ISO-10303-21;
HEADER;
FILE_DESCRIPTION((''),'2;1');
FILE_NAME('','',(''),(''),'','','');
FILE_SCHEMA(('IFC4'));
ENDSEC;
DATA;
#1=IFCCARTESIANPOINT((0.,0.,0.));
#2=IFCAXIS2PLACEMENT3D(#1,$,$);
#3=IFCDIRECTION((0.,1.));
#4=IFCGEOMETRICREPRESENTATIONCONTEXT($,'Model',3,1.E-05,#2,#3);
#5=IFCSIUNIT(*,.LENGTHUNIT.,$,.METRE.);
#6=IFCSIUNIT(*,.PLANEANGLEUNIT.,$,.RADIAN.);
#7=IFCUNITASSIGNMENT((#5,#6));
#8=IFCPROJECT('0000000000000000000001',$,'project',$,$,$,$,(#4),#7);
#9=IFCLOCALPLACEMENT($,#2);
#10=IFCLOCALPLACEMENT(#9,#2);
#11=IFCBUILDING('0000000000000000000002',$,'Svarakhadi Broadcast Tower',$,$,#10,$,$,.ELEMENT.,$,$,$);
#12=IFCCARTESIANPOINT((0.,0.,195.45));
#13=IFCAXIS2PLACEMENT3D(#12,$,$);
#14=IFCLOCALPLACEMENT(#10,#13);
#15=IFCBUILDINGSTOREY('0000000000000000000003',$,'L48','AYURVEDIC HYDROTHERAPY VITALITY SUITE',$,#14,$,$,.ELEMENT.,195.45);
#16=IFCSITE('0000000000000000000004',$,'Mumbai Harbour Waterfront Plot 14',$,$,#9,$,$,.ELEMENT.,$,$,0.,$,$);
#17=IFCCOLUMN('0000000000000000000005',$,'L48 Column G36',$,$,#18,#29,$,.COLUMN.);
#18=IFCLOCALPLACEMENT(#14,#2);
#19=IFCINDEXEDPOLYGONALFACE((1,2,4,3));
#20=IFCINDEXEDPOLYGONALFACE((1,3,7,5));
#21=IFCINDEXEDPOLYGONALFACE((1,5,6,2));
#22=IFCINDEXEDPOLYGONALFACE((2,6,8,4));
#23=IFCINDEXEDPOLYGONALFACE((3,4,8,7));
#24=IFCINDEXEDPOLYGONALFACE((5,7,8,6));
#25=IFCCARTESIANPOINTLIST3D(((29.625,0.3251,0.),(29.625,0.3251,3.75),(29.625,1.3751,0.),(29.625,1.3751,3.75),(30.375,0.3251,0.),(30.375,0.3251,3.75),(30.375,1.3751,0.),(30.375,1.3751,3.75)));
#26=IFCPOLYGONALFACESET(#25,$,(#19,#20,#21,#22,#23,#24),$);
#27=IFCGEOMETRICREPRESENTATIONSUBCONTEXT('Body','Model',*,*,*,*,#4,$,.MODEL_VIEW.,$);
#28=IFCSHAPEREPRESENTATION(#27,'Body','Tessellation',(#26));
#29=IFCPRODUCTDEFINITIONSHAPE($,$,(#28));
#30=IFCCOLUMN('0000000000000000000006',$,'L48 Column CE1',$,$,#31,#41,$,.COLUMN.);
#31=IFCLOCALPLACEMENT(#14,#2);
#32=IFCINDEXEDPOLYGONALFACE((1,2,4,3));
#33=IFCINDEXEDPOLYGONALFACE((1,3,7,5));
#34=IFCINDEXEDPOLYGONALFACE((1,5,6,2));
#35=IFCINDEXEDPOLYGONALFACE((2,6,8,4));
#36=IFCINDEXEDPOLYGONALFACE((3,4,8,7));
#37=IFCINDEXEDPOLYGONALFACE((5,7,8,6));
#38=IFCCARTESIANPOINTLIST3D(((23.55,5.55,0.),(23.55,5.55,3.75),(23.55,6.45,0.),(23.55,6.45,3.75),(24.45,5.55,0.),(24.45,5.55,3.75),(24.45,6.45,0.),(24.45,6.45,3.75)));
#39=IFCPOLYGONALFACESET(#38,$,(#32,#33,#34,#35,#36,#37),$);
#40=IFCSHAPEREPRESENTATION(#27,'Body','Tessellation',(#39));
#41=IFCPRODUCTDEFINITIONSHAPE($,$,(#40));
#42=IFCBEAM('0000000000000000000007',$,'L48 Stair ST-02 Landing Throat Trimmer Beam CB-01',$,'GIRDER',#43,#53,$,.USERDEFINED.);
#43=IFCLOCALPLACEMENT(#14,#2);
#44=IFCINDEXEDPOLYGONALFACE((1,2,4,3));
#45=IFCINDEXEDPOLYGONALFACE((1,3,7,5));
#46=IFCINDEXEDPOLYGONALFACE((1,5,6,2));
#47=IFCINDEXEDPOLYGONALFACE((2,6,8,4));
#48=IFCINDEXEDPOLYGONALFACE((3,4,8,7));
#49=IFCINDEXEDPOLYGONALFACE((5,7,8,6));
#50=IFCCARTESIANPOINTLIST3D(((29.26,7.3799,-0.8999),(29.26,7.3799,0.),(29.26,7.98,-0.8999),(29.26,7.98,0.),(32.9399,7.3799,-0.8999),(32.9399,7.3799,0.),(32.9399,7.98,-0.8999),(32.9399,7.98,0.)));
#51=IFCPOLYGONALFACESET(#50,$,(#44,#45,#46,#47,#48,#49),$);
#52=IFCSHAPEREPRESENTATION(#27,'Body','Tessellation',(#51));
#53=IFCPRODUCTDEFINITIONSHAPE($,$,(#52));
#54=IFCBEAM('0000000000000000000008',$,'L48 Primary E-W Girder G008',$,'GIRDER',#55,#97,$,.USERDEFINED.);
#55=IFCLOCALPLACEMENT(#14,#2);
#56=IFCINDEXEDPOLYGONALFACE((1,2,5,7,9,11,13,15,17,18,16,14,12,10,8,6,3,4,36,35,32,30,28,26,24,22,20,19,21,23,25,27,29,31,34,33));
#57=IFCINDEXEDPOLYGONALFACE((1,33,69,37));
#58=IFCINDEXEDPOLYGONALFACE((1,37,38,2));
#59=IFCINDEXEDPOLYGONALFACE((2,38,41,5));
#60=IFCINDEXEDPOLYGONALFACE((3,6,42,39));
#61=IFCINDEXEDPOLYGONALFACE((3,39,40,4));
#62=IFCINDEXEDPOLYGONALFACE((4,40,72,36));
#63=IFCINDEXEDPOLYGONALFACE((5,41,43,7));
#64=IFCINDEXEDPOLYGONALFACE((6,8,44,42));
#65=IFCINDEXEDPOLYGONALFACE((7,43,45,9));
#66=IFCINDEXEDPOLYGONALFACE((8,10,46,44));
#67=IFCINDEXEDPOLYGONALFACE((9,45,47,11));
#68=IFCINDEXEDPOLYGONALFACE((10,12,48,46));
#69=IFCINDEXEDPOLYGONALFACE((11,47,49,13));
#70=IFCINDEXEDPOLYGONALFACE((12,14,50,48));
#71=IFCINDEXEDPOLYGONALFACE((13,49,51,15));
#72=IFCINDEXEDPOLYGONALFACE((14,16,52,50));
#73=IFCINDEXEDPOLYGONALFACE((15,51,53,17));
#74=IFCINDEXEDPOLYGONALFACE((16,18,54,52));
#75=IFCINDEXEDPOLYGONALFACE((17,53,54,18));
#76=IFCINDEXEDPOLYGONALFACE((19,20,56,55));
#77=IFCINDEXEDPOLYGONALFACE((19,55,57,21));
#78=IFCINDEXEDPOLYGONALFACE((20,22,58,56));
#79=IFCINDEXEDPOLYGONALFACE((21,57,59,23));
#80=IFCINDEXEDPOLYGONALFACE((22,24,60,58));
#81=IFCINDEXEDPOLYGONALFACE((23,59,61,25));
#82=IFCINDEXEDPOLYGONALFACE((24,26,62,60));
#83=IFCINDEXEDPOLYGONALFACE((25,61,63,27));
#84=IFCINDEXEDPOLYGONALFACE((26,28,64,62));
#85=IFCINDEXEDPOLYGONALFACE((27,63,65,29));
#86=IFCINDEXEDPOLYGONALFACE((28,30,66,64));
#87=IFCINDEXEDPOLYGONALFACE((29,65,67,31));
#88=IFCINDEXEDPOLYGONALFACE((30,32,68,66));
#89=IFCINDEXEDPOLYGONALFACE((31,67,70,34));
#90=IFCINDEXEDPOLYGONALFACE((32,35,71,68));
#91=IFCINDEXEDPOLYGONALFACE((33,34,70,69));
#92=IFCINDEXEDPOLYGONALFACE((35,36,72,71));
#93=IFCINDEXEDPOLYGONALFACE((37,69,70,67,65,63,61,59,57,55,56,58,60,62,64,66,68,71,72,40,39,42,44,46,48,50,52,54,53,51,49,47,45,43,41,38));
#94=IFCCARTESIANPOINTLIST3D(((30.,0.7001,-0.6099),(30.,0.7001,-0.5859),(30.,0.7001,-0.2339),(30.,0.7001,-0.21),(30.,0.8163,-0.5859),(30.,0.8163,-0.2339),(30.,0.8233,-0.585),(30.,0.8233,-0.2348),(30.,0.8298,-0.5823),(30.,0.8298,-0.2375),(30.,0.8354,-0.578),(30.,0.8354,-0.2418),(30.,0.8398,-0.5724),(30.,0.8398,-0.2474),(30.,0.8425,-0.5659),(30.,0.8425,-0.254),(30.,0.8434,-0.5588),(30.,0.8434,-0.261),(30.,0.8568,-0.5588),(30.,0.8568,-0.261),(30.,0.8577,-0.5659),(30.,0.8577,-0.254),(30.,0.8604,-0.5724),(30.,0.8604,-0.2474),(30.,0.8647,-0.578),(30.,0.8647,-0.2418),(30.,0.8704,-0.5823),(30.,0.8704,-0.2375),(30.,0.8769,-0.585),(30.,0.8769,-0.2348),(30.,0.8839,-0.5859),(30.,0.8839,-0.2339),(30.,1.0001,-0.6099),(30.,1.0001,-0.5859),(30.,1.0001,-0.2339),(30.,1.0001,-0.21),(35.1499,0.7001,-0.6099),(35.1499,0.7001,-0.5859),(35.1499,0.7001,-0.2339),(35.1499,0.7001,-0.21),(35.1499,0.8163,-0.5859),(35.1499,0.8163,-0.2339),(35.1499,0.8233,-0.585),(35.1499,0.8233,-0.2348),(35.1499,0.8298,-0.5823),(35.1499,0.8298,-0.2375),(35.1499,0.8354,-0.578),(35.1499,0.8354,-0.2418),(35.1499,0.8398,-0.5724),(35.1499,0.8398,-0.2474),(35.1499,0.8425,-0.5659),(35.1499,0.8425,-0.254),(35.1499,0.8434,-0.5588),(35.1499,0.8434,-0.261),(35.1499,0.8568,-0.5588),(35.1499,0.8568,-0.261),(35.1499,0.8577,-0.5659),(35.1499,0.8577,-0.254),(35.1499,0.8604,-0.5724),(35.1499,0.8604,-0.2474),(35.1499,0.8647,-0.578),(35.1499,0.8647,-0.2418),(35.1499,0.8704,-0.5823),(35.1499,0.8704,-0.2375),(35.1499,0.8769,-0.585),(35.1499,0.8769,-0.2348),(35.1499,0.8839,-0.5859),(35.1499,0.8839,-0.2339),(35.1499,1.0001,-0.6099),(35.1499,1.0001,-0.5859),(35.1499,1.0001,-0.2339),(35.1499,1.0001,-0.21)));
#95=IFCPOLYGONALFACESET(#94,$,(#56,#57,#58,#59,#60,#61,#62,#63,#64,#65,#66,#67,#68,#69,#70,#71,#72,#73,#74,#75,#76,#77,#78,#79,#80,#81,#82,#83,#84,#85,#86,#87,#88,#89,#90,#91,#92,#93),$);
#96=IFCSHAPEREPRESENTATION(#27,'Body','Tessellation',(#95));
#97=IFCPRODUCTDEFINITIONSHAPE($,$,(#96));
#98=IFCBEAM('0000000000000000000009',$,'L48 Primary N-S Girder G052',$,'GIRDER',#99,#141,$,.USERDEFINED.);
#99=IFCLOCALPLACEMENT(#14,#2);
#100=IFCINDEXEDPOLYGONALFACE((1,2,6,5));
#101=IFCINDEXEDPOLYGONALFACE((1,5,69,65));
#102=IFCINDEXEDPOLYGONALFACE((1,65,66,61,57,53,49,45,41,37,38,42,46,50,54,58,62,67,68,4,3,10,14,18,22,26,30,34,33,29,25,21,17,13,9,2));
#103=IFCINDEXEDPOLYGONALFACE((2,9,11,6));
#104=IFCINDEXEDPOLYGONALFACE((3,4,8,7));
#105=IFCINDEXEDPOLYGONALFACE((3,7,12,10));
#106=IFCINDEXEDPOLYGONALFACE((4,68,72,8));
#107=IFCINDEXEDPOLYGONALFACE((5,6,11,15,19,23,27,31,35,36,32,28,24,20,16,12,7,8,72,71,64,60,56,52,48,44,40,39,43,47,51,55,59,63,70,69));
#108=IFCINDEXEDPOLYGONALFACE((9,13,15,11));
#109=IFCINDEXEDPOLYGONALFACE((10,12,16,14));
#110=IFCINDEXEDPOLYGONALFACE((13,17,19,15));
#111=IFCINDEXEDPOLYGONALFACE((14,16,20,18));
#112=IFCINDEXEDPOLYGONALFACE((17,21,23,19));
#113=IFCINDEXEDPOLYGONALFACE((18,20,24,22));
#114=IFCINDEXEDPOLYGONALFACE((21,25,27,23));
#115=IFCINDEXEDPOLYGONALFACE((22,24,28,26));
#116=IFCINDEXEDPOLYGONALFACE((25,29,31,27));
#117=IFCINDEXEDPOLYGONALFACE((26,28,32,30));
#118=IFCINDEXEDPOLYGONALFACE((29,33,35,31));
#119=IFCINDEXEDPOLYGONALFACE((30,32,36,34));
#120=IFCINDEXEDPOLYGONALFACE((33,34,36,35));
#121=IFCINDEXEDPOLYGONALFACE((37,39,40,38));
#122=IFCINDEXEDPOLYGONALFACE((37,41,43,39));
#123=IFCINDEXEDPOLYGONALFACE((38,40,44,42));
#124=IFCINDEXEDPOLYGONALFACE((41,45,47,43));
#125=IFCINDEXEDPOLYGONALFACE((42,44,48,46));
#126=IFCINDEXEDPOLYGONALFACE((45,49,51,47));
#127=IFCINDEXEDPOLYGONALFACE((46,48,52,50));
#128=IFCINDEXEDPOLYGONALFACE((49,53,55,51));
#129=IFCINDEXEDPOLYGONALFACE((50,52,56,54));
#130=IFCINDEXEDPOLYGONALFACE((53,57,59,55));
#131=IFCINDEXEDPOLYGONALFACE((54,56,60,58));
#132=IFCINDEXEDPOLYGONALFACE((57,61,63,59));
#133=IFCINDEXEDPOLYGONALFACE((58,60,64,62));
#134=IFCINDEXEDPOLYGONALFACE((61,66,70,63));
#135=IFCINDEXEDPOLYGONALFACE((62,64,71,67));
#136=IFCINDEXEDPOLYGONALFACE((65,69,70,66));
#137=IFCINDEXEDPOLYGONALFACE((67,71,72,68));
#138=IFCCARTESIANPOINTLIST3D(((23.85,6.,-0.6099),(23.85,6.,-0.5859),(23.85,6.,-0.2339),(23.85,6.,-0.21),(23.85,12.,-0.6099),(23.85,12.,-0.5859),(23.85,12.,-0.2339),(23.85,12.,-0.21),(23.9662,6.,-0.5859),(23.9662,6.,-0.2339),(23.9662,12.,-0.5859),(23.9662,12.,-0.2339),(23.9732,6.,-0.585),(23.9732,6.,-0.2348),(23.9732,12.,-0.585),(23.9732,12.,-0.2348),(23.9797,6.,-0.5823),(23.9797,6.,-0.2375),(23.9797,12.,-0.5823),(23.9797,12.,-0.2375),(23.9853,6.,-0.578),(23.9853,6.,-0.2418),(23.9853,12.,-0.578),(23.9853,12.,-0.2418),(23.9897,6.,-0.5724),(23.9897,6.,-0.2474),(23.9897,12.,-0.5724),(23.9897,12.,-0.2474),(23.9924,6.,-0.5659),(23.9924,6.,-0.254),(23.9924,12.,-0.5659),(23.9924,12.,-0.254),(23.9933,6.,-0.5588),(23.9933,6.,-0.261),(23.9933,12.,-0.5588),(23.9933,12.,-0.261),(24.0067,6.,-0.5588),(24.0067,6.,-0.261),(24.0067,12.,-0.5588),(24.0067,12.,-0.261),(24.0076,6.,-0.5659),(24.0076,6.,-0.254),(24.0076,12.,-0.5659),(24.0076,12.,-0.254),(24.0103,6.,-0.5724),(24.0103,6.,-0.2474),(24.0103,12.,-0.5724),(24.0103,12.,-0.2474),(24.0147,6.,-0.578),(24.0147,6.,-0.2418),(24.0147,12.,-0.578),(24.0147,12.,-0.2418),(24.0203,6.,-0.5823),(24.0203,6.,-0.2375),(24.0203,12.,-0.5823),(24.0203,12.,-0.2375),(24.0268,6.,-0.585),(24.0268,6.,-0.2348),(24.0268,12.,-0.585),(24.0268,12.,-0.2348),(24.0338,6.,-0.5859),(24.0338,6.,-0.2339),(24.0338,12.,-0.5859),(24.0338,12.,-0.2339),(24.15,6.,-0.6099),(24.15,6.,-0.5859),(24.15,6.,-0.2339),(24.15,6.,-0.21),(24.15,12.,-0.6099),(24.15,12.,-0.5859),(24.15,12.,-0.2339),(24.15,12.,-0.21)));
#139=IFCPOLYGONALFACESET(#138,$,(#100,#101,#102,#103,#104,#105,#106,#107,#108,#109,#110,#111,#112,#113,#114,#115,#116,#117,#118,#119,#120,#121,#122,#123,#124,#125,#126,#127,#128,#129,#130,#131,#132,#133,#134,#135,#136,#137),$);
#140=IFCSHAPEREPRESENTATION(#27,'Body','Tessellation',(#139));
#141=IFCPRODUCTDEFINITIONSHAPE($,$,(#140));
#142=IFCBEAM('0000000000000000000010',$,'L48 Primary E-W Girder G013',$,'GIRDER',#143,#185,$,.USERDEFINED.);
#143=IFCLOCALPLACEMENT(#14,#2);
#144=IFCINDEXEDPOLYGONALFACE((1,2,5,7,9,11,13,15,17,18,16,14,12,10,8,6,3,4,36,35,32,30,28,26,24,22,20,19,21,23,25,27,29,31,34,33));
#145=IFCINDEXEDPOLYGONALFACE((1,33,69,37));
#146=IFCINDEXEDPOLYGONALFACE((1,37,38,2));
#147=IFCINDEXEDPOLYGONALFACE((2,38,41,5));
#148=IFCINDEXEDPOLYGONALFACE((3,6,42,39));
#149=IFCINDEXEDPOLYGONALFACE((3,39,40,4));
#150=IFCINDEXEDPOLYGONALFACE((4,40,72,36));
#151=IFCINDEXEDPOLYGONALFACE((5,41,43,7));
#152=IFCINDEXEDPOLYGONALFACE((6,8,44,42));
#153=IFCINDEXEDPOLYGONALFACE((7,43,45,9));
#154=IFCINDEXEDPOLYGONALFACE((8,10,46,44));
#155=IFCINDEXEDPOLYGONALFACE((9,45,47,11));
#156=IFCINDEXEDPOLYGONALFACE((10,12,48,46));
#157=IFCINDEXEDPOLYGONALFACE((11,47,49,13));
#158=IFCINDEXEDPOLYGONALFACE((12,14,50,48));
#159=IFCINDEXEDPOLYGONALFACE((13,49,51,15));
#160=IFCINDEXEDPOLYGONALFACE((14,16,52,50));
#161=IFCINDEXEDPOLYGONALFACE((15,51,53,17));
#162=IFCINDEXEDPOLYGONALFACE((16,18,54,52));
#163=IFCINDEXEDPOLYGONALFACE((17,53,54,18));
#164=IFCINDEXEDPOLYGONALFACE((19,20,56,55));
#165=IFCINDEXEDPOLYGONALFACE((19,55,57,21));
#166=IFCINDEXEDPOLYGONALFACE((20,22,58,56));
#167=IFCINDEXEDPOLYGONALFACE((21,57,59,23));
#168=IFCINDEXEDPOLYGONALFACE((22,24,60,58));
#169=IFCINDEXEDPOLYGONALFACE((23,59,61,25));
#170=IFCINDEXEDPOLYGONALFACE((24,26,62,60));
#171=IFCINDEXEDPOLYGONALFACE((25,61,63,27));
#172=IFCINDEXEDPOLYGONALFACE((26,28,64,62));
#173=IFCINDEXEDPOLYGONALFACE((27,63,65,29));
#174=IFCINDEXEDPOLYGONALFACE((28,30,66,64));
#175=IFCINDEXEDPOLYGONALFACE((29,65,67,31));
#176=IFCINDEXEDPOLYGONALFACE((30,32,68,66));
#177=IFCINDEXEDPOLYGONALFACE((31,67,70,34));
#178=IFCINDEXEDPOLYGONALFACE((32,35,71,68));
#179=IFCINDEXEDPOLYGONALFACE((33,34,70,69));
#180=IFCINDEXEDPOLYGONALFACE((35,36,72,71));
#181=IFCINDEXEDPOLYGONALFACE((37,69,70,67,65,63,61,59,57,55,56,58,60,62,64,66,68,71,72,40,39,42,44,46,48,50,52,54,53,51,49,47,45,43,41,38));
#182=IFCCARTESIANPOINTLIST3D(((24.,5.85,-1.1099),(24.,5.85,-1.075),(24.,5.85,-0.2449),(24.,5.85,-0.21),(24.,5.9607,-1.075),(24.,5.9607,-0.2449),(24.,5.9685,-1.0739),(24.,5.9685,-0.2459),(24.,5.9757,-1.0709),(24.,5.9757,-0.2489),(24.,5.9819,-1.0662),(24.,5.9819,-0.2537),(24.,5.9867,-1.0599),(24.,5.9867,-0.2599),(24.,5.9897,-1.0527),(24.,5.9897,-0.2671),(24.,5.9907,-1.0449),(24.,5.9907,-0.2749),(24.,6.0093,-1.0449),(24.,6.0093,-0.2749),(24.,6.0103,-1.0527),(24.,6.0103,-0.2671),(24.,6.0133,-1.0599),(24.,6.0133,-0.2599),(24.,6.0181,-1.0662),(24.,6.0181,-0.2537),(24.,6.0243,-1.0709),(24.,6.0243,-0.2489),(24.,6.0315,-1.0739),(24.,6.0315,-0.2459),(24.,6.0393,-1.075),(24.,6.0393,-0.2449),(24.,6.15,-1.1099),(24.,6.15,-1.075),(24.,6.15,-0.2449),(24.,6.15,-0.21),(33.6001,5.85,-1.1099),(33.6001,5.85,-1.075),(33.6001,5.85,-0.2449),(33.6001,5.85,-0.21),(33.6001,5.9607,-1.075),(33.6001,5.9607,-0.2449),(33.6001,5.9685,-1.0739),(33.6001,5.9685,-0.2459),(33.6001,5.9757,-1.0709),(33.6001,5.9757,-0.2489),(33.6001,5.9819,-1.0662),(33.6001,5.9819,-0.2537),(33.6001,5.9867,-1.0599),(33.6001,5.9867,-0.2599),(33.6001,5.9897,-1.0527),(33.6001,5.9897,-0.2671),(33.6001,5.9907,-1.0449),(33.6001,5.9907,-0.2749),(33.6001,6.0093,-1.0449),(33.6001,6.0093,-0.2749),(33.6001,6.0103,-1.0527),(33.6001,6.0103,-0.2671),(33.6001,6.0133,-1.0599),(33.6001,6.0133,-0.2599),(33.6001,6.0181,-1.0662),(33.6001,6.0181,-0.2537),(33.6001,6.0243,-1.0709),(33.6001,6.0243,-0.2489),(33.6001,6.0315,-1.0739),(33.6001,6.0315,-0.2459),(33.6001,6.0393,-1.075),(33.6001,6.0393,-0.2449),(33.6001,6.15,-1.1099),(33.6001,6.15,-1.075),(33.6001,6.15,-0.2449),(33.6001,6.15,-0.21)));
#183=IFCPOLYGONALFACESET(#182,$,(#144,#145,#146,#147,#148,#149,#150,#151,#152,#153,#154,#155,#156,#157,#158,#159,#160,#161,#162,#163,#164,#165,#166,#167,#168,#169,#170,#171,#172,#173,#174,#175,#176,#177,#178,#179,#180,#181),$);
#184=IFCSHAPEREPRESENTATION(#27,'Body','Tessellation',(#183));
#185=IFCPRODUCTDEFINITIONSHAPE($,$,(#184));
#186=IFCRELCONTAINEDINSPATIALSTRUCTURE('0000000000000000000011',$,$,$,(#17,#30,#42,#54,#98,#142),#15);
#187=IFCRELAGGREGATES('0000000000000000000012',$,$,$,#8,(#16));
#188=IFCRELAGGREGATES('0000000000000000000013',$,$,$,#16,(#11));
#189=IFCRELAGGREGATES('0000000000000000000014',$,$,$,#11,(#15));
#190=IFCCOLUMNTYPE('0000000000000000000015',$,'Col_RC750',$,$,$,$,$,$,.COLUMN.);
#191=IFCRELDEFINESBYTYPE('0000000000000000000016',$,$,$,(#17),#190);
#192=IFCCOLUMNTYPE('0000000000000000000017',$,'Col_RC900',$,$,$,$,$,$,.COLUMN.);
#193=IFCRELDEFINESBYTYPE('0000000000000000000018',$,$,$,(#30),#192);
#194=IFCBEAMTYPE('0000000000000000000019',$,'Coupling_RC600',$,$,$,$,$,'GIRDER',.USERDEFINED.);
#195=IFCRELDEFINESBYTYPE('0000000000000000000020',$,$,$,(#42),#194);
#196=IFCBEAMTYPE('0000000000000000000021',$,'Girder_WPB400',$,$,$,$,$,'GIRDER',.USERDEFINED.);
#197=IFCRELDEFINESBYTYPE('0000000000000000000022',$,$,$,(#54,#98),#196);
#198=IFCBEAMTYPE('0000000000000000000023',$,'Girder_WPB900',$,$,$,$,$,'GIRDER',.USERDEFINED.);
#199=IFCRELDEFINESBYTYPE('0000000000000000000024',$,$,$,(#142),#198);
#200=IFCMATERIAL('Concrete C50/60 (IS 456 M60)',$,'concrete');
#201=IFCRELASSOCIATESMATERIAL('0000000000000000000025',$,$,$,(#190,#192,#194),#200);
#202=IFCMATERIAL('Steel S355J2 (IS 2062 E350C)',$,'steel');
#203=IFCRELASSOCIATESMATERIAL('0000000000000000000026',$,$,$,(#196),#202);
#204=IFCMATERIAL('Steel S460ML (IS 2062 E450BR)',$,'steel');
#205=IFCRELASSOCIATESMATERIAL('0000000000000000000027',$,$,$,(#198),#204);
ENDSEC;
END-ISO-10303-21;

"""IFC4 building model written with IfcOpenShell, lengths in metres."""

from ifc_helpers import new_model, si_unit, direction, frame, origin, origin_2d, place, context, subcontext, project, spatial, rectangle, i_section, extrude, material, material_profile, profile_set, type_object, element, save


model = new_model("IFC4")

# Units and contexts
model_context = context("Model", 3, precision=1e-05, world=origin(), true_north=direction((0.0, 1.0)))
body_context = subcontext(model_context, "Body", "Model", "MODEL_VIEW")
ifc_project = project(units=[si_unit("LENGTHUNIT", "METRE"), si_unit("PLANEANGLEUNIT", "RADIAN")], contexts=[model_context])

# Site, building, storey
site_placement = place(None, origin())
site = spatial("IfcSite", under=ifc_project, at=site_placement, Name="Mumbai Harbour Waterfront Plot 14", CompositionType="ELEMENT", RefElevation=0.0)
building_placement = place(site_placement, origin())
building = spatial("IfcBuilding", under=site, at=building_placement, Name="Svarakhadi Broadcast Tower", CompositionType="ELEMENT")
storey_placement = place(building_placement, frame((0.0, 0.0, 195.45)))
storey = spatial("IfcBuildingStorey", under=building, at=storey_placement, Name="L48", Description="AYURVEDIC HYDROTHERAPY VITALITY SUITE", CompositionType="ELEMENT", Elevation=195.45)

# Columns
ifc_material_1 = material(Name="Concrete C50/60 (IS 456 M60)", Category="concrete")
ifc_material_profile_1 = material_profile(ifc_material_1, rectangle(XDim=0.75, YDim=1.05, at=origin_2d()), Name="RC 750x1050")
ifc_profile_set_1 = profile_set([ifc_material_profile_1], Name="Concrete C50/60 (IS 456 M60)")
column_type_1 = type_object("IfcColumnType", Name="Col_RC750", PredefinedType="COLUMN", material=ifc_profile_set_1)
column_1_placement = place(storey_placement, frame((30.0, 0.8501, 0.0), z_axis=(0.0, 0.0, 1.0), x_axis=(1.0, 0.0, 0.0)))
element("IfcColumn", 1, at=column_1_placement, inside=storey, type_object=column_type_1, Name="L48 Column G36", PredefinedType="COLUMN", context=body_context, shape_type="SweptSolid", body=[
    extrude(rectangle(XDim=0.75, YDim=1.05, at=origin_2d()), origin(), (0.0, 0.0, 1.0), 3.75),
])
ifc_material_profile_2 = material_profile(ifc_material_1, rectangle(XDim=0.8999, YDim=0.8999, at=origin_2d()), Name="RC 900x900")
ifc_profile_set_2 = profile_set([ifc_material_profile_2], Name="Concrete C50/60 (IS 456 M60)")
column_type_2 = type_object("IfcColumnType", Name="Col_RC900", PredefinedType="COLUMN", material=ifc_profile_set_2)
column_2_placement = place(storey_placement, frame((24.0, 6.0, 0.0), z_axis=(0.0, 0.0, 1.0), x_axis=(1.0, 0.0, 0.0)))
element("IfcColumn", 2, at=column_2_placement, inside=storey, type_object=column_type_2, Name="L48 Column CE1", PredefinedType="COLUMN", context=body_context, shape_type="SweptSolid", body=[
    extrude(rectangle(XDim=0.8999, YDim=0.8999, at=origin_2d()), origin(), (0.0, 0.0, 1.0), 3.75),
])

# Beams
ifc_material_profile_3 = material_profile(ifc_material_1, rectangle(XDim=0.6001, YDim=0.8999, at=origin_2d()), Name="RC 600x900")
ifc_profile_set_3 = profile_set([ifc_material_profile_3], Name="Concrete C50/60 (IS 456 M60)")
beam_type_1 = type_object("IfcBeamType", Name="Coupling_RC600", ElementType="GIRDER", PredefinedType="USERDEFINED", material=ifc_profile_set_3)
beam_1_placement = place(storey_placement, frame((29.26, 7.6799, -0.45), z_axis=(1.0, 0.0, 0.0), x_axis=(0.0, 1.0, 0.0)))
element("IfcBeam", 3, at=beam_1_placement, inside=storey, type_object=beam_type_1, Name="L48 Stair ST-02 Landing Throat Trimmer Beam CB-01", ObjectType="GIRDER", PredefinedType="USERDEFINED", context=body_context, shape_type="SweptSolid", body=[
    extrude(rectangle(XDim=0.6001, YDim=0.8999, at=origin_2d()), origin(), (0.0, 0.0, 1.0), 3.6799),
])
ifc_material_2 = material(Name="Steel S355J2 (IS 2062 E350C)", Category="steel")
ifc_material_profile_4 = material_profile(ifc_material_2, i_section(OverallWidth=0.3, OverallDepth=0.3999, WebThickness=0.0134, FlangeThickness=0.0239, FilletRadius=0.0271, at=origin_2d()), Name="WPB 400x300x155")
ifc_profile_set_4 = profile_set([ifc_material_profile_4], Name="Steel S355J2 (IS 2062 E350C)")
beam_type_2 = type_object("IfcBeamType", Name="Girder_WPB400", ElementType="GIRDER", PredefinedType="USERDEFINED", material=ifc_profile_set_4)
beam_2_placement = place(storey_placement, frame((30.0, 0.8501, -0.4099), z_axis=(1.0, 0.0, 0.0), x_axis=(0.0, 1.0, 0.0)))
element("IfcBeam", 4, at=beam_2_placement, inside=storey, type_object=beam_type_2, Name="L48 Primary E-W Girder G008", ObjectType="GIRDER", PredefinedType="USERDEFINED", context=body_context, shape_type="SweptSolid", body=[
    extrude(i_section(OverallWidth=0.3, OverallDepth=0.3999, WebThickness=0.0134, FlangeThickness=0.0239, FilletRadius=0.0271, at=origin_2d()), origin(), (0.0, 0.0, 1.0), 5.1499),
])
beam_3_placement = place(storey_placement, frame((24.0, 6.0, -0.4099), z_axis=(0.0, 1.0, 0.0), x_axis=(-1.0, 0.0, 0.0)))
element("IfcBeam", 5, at=beam_3_placement, inside=storey, type_object=beam_type_2, Name="L48 Primary N-S Girder G052", ObjectType="GIRDER", PredefinedType="USERDEFINED", context=body_context, shape_type="SweptSolid", body=[
    extrude(i_section(OverallWidth=0.3, OverallDepth=0.3999, WebThickness=0.0134, FlangeThickness=0.0239, FilletRadius=0.0271, at=origin_2d()), origin(), (0.0, 0.0, 1.0), 6.0),
])
ifc_material_3 = material(Name="Steel S460ML (IS 2062 E450BR)", Category="steel")
ifc_material_profile_5 = material_profile(ifc_material_3, i_section(OverallWidth=0.3, OverallDepth=0.8999, WebThickness=0.0186, FlangeThickness=0.0349, FilletRadius=0.03, at=origin_2d()), Name="WPB 900x300x291")
ifc_profile_set_5 = profile_set([ifc_material_profile_5], Name="Steel S460ML (IS 2062 E450BR)")
beam_type_3 = type_object("IfcBeamType", Name="Girder_WPB900", ElementType="GIRDER", PredefinedType="USERDEFINED", material=ifc_profile_set_5)
beam_4_placement = place(storey_placement, frame((24.0, 6.0, -0.6599), z_axis=(1.0, 0.0, 0.0), x_axis=(0.0, 1.0, 0.0)))
element("IfcBeam", 6, at=beam_4_placement, inside=storey, type_object=beam_type_3, Name="L48 Primary E-W Girder G013", ObjectType="GIRDER", PredefinedType="USERDEFINED", context=body_context, shape_type="SweptSolid", body=[
    extrude(i_section(OverallWidth=0.3, OverallDepth=0.8999, WebThickness=0.0186, FlangeThickness=0.0349, FilletRadius=0.03, at=origin_2d()), origin(), (0.0, 0.0, 1.0), 9.6001),
])

save(model, "model.ifc")
